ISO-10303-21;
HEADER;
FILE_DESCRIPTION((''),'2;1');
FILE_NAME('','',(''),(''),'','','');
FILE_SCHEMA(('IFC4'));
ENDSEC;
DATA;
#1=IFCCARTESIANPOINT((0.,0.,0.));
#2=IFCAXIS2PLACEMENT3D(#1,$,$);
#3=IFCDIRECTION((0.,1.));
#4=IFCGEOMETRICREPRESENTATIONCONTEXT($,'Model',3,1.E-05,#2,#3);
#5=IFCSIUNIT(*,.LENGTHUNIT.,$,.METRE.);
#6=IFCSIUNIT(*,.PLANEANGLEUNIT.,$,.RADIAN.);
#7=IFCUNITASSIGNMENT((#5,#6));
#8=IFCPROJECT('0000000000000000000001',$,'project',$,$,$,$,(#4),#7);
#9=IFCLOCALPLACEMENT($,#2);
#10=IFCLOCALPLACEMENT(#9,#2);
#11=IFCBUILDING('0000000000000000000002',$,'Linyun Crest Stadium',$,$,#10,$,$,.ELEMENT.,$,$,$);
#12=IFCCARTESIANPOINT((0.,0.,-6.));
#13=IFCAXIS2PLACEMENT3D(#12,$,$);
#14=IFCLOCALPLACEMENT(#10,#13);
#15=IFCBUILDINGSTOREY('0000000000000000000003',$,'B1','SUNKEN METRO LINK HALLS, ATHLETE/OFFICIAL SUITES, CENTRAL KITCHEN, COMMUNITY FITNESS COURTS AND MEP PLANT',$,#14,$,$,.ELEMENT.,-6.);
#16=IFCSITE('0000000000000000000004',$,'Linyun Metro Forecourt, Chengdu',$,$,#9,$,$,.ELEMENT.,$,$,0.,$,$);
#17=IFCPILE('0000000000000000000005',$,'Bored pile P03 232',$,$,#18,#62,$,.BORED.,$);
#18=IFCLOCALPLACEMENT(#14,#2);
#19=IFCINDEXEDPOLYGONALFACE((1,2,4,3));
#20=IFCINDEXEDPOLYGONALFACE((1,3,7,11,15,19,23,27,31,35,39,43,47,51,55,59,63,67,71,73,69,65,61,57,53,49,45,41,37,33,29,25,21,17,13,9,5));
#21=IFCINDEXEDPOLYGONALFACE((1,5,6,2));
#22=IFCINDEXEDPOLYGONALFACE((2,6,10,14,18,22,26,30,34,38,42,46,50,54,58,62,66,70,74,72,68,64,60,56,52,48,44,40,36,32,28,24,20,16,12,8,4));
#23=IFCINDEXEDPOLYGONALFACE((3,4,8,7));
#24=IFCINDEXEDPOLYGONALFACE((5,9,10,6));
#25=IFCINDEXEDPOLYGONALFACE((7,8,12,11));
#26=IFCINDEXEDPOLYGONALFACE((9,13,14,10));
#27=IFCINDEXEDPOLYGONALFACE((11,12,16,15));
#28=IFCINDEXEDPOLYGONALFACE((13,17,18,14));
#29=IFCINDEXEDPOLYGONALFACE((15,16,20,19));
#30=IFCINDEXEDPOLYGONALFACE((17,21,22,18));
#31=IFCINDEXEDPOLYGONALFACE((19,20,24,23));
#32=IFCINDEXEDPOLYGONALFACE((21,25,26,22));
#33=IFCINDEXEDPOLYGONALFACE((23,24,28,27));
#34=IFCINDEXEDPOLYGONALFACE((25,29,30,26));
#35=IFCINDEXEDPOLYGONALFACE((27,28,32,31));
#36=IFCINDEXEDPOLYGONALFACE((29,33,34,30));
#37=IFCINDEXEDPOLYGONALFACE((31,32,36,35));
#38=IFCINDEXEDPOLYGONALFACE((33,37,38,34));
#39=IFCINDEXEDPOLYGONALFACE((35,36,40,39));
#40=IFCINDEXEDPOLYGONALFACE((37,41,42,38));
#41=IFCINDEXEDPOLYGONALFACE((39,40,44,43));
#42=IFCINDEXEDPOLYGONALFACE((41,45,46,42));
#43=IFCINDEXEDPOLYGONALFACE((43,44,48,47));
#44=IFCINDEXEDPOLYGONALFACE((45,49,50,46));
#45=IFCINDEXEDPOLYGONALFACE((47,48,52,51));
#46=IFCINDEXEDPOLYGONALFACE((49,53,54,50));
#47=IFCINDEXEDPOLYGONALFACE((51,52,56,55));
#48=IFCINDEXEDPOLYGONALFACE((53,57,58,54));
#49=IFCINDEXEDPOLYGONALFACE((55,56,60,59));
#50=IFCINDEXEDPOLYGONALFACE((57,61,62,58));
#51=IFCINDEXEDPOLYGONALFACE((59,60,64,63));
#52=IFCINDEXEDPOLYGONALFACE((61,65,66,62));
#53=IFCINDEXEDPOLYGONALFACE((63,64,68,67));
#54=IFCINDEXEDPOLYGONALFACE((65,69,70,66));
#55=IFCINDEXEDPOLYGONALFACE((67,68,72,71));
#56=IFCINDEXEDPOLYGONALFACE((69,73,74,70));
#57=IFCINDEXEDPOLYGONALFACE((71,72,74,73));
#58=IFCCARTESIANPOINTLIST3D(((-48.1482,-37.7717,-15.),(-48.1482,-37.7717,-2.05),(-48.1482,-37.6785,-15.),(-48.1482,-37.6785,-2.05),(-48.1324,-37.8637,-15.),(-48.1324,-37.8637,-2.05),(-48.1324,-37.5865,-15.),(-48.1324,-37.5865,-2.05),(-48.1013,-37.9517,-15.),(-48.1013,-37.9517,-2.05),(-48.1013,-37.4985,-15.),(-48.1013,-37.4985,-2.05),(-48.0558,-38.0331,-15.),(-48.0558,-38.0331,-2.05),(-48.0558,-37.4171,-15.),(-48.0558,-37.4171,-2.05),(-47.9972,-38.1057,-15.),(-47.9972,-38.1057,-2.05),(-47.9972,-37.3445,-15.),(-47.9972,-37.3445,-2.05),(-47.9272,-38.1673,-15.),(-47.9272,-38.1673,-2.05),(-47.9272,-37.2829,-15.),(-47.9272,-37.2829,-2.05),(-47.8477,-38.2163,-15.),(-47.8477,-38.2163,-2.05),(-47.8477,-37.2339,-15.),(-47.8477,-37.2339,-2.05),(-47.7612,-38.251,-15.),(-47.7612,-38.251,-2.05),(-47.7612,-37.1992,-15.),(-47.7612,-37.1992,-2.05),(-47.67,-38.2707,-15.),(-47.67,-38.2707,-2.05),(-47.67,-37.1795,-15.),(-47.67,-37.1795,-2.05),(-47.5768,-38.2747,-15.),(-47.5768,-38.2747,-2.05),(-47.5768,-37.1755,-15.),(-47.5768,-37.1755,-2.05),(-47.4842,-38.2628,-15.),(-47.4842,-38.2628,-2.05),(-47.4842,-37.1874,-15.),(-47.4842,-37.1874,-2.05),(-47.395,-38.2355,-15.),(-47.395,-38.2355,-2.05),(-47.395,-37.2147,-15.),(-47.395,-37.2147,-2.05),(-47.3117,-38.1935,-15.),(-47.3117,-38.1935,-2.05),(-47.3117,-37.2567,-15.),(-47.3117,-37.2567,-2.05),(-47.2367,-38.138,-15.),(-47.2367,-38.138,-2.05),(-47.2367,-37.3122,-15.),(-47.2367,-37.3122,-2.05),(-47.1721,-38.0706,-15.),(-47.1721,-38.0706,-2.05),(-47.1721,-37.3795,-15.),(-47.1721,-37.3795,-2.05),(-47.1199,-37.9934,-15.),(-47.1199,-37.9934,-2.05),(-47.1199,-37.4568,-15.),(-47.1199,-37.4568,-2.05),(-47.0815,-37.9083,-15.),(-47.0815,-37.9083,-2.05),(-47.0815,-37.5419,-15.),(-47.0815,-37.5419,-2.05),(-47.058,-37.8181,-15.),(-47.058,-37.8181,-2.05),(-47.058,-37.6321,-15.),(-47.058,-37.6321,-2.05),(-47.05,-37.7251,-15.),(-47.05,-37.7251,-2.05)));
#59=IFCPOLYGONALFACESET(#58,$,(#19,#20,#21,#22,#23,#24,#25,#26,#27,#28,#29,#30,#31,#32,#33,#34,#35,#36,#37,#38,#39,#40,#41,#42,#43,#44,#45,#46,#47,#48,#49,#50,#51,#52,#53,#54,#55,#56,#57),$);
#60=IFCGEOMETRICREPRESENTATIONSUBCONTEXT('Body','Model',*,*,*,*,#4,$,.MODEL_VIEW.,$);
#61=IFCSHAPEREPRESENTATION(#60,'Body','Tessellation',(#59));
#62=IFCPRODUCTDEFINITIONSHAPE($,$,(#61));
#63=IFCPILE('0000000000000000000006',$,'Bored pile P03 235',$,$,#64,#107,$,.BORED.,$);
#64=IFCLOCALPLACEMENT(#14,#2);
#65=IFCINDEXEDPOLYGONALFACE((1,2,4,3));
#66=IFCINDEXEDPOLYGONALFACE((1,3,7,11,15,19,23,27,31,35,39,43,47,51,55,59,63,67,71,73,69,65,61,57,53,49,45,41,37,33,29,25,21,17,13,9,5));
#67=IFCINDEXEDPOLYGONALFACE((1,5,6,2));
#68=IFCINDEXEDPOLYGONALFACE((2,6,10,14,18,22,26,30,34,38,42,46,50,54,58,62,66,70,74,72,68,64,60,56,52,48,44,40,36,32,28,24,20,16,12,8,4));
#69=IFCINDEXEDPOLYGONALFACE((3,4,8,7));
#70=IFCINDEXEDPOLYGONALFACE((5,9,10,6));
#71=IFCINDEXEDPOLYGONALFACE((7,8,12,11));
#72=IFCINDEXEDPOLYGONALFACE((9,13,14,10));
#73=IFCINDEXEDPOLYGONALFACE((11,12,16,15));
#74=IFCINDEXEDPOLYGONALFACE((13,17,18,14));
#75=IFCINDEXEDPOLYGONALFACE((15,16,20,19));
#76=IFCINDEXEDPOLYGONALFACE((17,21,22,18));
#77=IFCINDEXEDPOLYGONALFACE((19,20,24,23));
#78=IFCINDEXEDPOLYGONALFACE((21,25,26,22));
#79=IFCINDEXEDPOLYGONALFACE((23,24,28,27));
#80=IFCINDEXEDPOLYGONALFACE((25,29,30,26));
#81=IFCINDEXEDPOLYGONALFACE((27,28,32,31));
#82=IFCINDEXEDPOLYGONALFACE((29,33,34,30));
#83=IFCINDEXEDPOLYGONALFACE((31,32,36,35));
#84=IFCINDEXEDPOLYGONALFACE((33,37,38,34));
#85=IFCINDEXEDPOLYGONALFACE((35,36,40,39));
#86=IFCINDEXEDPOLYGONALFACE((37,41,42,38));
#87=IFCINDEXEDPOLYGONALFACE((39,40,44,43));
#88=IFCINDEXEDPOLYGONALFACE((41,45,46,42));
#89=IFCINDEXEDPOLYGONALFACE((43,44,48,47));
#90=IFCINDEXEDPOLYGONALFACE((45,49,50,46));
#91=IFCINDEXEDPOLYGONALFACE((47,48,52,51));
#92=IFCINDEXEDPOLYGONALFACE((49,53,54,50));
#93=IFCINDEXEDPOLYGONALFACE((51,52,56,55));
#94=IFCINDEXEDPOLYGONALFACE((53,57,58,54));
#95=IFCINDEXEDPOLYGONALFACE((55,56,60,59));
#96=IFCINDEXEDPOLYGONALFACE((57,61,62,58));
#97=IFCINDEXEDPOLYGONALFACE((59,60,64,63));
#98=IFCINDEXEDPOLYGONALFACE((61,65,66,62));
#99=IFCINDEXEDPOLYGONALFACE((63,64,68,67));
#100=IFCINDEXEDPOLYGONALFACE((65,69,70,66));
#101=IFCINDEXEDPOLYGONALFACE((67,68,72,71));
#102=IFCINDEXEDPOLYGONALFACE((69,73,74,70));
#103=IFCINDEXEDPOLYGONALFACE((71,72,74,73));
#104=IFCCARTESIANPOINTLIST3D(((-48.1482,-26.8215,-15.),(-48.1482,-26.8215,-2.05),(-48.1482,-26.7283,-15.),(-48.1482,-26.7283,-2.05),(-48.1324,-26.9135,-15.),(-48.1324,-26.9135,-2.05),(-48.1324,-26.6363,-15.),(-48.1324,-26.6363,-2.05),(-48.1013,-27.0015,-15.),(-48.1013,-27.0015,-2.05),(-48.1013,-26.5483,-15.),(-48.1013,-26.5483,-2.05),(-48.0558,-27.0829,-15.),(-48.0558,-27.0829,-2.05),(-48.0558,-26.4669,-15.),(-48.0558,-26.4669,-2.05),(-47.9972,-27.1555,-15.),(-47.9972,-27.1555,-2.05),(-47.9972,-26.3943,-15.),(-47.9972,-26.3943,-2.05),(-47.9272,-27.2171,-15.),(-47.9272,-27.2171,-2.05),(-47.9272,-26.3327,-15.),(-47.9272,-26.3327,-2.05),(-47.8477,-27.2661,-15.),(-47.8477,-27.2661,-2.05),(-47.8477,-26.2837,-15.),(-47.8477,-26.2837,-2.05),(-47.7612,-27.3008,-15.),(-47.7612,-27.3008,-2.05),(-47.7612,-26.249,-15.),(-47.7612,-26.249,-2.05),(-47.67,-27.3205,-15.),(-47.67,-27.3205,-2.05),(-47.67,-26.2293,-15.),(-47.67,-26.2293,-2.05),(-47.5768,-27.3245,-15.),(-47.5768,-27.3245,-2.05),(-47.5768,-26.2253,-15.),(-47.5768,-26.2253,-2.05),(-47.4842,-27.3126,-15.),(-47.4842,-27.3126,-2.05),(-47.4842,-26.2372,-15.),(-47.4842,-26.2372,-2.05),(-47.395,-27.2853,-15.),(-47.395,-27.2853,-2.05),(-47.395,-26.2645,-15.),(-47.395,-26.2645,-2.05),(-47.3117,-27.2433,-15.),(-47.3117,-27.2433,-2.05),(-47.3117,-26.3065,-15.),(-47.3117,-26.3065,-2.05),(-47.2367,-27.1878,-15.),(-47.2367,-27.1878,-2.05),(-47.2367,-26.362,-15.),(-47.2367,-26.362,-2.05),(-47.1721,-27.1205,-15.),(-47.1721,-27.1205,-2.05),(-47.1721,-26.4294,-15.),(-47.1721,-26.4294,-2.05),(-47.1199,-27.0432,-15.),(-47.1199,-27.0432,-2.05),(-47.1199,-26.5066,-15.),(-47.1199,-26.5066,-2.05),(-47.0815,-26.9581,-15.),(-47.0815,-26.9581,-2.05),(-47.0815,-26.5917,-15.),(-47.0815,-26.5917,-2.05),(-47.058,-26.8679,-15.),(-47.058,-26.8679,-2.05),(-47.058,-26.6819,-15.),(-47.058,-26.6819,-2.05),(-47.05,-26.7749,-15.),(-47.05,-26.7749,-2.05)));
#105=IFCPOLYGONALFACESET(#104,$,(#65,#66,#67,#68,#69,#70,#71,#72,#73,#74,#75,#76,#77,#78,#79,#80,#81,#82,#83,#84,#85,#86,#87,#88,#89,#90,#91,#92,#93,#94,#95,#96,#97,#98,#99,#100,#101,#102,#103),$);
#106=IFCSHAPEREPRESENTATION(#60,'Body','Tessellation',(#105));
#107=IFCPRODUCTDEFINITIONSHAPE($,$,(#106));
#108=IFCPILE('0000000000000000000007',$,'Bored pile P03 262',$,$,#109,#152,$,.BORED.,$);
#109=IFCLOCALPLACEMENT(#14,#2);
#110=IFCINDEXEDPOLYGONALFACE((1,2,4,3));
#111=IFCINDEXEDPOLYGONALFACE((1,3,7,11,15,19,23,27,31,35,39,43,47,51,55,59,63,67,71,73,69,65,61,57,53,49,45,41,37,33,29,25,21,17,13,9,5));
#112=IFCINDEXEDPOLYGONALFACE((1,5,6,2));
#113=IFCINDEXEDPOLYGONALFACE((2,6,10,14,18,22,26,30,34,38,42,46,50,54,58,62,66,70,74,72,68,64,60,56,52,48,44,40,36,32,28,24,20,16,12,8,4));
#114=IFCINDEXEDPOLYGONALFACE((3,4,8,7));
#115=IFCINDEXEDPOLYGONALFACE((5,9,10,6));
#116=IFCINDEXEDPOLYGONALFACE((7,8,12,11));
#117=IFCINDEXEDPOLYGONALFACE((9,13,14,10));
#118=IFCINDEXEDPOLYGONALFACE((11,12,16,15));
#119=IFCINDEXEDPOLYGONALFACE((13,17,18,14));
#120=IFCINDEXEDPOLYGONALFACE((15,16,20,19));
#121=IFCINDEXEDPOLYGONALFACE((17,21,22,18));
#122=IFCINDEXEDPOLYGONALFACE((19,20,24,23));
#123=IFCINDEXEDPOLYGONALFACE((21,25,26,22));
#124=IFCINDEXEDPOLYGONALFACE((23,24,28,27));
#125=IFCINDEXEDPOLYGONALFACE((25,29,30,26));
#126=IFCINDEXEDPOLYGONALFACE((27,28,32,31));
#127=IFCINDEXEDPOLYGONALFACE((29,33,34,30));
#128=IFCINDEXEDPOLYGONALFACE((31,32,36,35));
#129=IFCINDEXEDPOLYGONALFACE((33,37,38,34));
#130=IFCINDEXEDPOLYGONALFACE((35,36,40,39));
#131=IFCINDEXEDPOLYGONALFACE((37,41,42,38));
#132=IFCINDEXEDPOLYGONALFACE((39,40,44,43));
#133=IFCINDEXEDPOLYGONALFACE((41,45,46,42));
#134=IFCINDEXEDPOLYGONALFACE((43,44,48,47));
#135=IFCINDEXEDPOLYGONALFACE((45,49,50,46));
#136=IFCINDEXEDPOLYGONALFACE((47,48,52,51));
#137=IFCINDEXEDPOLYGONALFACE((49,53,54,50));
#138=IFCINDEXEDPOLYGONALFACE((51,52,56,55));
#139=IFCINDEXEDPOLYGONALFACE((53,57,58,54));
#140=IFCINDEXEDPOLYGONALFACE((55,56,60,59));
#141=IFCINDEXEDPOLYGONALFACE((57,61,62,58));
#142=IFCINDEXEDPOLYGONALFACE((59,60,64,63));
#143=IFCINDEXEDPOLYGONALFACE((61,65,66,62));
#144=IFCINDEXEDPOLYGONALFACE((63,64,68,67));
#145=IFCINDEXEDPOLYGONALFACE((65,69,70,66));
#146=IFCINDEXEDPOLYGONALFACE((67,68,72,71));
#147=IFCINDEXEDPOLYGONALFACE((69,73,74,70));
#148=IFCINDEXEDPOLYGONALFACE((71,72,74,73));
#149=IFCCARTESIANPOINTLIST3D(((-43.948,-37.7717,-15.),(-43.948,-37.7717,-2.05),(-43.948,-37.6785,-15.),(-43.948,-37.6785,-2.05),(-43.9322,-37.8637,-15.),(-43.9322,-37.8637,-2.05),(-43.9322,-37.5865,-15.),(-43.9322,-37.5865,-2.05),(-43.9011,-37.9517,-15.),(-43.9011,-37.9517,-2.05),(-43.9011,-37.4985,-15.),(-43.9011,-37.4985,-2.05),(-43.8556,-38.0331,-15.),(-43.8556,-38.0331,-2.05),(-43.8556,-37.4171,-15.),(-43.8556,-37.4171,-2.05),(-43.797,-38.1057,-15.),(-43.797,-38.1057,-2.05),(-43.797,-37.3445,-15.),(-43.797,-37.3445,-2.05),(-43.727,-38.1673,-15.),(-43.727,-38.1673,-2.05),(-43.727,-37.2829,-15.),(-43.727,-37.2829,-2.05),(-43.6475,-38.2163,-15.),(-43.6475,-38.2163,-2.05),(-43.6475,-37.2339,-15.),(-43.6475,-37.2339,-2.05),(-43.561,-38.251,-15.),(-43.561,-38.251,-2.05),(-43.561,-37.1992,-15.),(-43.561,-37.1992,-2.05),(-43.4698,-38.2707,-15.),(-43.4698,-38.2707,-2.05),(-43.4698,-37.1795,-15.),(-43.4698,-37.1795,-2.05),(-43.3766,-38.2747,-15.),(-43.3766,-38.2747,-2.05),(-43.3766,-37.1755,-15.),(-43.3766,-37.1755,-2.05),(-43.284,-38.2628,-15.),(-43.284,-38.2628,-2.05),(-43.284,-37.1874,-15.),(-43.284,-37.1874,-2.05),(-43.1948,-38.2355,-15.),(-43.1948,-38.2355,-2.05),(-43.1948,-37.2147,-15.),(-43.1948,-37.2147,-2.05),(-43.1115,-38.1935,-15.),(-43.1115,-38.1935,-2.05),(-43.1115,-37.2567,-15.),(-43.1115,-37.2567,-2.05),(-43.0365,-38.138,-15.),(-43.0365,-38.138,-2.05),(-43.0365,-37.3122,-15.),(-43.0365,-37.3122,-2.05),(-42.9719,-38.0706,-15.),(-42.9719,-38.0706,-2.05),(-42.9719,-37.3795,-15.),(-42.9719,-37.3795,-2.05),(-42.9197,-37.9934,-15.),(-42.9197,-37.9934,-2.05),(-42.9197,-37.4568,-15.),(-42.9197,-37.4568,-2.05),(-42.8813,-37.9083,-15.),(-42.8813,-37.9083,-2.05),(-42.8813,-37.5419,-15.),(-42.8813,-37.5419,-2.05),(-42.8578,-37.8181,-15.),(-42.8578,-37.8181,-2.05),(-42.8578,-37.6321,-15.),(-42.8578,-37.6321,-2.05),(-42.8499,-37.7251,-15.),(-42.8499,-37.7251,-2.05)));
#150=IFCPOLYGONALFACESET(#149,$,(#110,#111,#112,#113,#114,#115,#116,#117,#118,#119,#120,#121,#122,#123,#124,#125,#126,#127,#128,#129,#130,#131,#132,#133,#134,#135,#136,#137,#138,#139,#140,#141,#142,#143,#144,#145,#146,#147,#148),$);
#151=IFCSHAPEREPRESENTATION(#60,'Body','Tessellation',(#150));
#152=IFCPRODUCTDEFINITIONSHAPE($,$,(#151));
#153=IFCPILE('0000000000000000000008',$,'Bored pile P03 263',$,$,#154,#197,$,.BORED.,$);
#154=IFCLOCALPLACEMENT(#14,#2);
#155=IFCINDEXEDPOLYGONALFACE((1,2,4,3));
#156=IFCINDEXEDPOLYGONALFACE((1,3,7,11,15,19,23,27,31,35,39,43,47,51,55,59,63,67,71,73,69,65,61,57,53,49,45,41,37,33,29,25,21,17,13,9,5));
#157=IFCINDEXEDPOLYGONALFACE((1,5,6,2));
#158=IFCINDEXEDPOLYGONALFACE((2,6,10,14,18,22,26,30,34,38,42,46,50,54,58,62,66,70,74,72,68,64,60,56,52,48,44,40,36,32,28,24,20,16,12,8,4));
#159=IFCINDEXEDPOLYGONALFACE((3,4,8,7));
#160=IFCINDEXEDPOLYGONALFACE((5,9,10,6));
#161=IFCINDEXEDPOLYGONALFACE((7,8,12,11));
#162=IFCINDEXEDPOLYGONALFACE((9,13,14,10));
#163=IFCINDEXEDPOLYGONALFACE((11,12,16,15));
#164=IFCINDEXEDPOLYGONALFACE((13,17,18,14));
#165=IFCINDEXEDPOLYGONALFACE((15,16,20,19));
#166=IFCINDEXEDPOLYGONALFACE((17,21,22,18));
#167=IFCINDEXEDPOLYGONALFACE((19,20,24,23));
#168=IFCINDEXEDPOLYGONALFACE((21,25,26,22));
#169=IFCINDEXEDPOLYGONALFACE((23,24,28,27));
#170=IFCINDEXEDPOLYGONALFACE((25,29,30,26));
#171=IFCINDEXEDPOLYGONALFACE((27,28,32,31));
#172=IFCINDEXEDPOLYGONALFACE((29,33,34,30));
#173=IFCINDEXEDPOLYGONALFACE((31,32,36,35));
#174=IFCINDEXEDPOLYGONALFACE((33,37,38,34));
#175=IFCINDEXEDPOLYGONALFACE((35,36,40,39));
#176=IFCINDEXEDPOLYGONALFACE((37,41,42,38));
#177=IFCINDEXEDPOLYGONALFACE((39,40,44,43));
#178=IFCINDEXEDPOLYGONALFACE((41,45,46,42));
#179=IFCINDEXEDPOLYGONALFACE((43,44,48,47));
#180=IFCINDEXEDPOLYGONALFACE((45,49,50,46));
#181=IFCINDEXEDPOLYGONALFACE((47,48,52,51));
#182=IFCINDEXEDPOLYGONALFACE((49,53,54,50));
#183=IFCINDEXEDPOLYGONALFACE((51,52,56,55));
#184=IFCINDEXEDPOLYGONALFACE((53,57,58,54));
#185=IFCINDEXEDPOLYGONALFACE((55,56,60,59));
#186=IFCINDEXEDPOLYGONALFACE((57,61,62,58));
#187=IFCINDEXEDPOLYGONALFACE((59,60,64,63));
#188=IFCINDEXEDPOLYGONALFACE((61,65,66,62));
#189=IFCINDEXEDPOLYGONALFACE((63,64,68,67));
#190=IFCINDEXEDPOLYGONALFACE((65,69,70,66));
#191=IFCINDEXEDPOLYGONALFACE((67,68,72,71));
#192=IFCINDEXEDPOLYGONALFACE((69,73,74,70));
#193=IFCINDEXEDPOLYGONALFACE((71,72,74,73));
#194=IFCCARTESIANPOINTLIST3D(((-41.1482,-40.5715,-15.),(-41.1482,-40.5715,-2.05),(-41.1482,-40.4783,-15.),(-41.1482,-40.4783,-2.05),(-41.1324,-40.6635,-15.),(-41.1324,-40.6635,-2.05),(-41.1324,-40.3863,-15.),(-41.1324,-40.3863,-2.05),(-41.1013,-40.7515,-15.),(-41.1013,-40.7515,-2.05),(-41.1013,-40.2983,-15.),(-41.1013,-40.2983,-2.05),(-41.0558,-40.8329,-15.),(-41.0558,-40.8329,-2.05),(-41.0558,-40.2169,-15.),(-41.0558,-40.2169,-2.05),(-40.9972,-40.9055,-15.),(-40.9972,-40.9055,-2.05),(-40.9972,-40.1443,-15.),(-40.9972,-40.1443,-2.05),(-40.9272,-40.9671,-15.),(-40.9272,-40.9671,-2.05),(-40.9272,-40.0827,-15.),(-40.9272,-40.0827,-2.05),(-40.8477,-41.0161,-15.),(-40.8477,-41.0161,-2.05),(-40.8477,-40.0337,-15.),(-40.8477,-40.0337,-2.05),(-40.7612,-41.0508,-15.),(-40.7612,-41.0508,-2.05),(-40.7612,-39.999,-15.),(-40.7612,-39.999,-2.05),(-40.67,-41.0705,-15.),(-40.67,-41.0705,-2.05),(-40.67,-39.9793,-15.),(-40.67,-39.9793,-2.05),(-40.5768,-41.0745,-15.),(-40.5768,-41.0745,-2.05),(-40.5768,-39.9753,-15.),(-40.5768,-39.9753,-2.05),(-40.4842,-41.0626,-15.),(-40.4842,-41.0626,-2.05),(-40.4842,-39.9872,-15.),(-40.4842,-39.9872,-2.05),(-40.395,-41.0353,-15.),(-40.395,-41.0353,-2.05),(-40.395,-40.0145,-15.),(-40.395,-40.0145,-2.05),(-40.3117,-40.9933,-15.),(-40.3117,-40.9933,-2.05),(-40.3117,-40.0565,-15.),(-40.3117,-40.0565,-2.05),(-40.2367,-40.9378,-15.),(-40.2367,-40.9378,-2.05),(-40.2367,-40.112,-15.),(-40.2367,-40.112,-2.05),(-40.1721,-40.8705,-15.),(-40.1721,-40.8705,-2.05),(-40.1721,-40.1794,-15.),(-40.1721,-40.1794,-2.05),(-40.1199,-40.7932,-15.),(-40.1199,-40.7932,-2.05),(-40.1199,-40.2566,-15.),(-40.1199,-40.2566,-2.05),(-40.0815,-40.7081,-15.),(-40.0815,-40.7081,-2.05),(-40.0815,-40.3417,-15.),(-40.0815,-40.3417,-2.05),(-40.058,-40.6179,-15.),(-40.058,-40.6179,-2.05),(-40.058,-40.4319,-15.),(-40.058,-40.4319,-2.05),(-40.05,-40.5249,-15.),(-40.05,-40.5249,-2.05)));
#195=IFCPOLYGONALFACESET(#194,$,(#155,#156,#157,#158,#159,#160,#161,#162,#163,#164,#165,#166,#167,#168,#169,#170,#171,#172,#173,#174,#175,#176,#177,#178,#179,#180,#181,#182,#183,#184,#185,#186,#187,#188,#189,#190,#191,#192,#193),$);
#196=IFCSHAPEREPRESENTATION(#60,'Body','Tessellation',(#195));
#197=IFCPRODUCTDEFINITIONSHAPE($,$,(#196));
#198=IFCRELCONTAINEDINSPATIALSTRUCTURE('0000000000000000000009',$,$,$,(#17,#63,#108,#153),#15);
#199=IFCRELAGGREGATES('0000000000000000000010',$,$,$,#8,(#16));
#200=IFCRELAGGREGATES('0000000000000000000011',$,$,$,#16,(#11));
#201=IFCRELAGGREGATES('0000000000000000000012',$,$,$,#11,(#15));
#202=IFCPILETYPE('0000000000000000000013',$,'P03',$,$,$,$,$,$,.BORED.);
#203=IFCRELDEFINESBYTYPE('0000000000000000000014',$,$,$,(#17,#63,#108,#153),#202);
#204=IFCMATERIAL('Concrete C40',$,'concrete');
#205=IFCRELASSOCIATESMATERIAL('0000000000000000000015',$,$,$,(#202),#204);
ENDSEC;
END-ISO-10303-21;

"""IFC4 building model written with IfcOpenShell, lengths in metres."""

from ifc_helpers import new_model, si_unit, direction, frame, origin, origin_2d, place, context, subcontext, project, spatial, circle, extrude, material, material_profile, profile_set, type_object, element, save


model = new_model("IFC4")

# Units and contexts
model_context = context("Model", 3, precision=1e-05, world=origin(), true_north=direction((0.0, 1.0)))
body_context = subcontext(model_context, "Body", "Model", "MODEL_VIEW")
ifc_project = project(units=[si_unit("LENGTHUNIT", "METRE"), si_unit("PLANEANGLEUNIT", "RADIAN")], contexts=[model_context])

# Site, building, storey
site_placement = place(None, origin())
site = spatial("IfcSite", under=ifc_project, at=site_placement, Name="Linyun Metro Forecourt, Chengdu", CompositionType="ELEMENT", RefElevation=0.0)
building_placement = place(site_placement, origin())
building = spatial("IfcBuilding", under=site, at=building_placement, Name="Linyun Crest Stadium", CompositionType="ELEMENT")
storey_placement = place(building_placement, frame((0.0, 0.0, -6.0)))
storey = spatial("IfcBuildingStorey", under=building, at=storey_placement, Name="B1", Description="SUNKEN METRO LINK HALLS, ATHLETE/OFFICIAL SUITES, CENTRAL KITCHEN, COMMUNITY FITNESS COURTS AND MEP PLANT", CompositionType="ELEMENT", Elevation=-6.0)

# Piles
ifc_material_1 = material(Name="Concrete C40", Category="concrete")
ifc_material_profile_1 = material_profile(ifc_material_1, circle(Radius=0.55, at=origin_2d()), Name="BORED PILE 1100")
ifc_profile_set_1 = profile_set([ifc_material_profile_1], Name="Concrete C40")
pile_type_1 = type_object("IfcPileType", Name="P03", PredefinedType="BORED", material=ifc_profile_set_1)
for number, where, z_axis, x_axis, name in (
    (1, (-47.6001, -37.7251, -2.05), (0.0, 0.0, -1.0), (1.0, 0.0, 0.0), "Bored pile P03 232"),
    (2, (-47.6001, -26.7749, -2.05), (0.0, 0.0, -1.0), (1.0, 0.0, 0.0), "Bored pile P03 235"),
    (3, (-43.3999, -37.7251, -2.05), (0.0, 0.0, -1.0), (1.0, 0.0, 0.0), "Bored pile P03 262"),
    (4, (-40.6001, -40.5249, -2.05), (0.0, 0.0, -1.0), (1.0, 0.0, 0.0), "Bored pile P03 263"),
):
    element("IfcPile", number, at=place(storey_placement, frame(where, z_axis=z_axis, x_axis=x_axis)), inside=storey, type_object=pile_type_1, Name=name, PredefinedType="BORED", context=body_context, shape_type="SweptSolid", body=[
        extrude(circle(Radius=0.55, at=origin_2d()), origin(), (0.0, 0.0, 1.0), 12.95),
    ])

save(model, "model.ifc")
